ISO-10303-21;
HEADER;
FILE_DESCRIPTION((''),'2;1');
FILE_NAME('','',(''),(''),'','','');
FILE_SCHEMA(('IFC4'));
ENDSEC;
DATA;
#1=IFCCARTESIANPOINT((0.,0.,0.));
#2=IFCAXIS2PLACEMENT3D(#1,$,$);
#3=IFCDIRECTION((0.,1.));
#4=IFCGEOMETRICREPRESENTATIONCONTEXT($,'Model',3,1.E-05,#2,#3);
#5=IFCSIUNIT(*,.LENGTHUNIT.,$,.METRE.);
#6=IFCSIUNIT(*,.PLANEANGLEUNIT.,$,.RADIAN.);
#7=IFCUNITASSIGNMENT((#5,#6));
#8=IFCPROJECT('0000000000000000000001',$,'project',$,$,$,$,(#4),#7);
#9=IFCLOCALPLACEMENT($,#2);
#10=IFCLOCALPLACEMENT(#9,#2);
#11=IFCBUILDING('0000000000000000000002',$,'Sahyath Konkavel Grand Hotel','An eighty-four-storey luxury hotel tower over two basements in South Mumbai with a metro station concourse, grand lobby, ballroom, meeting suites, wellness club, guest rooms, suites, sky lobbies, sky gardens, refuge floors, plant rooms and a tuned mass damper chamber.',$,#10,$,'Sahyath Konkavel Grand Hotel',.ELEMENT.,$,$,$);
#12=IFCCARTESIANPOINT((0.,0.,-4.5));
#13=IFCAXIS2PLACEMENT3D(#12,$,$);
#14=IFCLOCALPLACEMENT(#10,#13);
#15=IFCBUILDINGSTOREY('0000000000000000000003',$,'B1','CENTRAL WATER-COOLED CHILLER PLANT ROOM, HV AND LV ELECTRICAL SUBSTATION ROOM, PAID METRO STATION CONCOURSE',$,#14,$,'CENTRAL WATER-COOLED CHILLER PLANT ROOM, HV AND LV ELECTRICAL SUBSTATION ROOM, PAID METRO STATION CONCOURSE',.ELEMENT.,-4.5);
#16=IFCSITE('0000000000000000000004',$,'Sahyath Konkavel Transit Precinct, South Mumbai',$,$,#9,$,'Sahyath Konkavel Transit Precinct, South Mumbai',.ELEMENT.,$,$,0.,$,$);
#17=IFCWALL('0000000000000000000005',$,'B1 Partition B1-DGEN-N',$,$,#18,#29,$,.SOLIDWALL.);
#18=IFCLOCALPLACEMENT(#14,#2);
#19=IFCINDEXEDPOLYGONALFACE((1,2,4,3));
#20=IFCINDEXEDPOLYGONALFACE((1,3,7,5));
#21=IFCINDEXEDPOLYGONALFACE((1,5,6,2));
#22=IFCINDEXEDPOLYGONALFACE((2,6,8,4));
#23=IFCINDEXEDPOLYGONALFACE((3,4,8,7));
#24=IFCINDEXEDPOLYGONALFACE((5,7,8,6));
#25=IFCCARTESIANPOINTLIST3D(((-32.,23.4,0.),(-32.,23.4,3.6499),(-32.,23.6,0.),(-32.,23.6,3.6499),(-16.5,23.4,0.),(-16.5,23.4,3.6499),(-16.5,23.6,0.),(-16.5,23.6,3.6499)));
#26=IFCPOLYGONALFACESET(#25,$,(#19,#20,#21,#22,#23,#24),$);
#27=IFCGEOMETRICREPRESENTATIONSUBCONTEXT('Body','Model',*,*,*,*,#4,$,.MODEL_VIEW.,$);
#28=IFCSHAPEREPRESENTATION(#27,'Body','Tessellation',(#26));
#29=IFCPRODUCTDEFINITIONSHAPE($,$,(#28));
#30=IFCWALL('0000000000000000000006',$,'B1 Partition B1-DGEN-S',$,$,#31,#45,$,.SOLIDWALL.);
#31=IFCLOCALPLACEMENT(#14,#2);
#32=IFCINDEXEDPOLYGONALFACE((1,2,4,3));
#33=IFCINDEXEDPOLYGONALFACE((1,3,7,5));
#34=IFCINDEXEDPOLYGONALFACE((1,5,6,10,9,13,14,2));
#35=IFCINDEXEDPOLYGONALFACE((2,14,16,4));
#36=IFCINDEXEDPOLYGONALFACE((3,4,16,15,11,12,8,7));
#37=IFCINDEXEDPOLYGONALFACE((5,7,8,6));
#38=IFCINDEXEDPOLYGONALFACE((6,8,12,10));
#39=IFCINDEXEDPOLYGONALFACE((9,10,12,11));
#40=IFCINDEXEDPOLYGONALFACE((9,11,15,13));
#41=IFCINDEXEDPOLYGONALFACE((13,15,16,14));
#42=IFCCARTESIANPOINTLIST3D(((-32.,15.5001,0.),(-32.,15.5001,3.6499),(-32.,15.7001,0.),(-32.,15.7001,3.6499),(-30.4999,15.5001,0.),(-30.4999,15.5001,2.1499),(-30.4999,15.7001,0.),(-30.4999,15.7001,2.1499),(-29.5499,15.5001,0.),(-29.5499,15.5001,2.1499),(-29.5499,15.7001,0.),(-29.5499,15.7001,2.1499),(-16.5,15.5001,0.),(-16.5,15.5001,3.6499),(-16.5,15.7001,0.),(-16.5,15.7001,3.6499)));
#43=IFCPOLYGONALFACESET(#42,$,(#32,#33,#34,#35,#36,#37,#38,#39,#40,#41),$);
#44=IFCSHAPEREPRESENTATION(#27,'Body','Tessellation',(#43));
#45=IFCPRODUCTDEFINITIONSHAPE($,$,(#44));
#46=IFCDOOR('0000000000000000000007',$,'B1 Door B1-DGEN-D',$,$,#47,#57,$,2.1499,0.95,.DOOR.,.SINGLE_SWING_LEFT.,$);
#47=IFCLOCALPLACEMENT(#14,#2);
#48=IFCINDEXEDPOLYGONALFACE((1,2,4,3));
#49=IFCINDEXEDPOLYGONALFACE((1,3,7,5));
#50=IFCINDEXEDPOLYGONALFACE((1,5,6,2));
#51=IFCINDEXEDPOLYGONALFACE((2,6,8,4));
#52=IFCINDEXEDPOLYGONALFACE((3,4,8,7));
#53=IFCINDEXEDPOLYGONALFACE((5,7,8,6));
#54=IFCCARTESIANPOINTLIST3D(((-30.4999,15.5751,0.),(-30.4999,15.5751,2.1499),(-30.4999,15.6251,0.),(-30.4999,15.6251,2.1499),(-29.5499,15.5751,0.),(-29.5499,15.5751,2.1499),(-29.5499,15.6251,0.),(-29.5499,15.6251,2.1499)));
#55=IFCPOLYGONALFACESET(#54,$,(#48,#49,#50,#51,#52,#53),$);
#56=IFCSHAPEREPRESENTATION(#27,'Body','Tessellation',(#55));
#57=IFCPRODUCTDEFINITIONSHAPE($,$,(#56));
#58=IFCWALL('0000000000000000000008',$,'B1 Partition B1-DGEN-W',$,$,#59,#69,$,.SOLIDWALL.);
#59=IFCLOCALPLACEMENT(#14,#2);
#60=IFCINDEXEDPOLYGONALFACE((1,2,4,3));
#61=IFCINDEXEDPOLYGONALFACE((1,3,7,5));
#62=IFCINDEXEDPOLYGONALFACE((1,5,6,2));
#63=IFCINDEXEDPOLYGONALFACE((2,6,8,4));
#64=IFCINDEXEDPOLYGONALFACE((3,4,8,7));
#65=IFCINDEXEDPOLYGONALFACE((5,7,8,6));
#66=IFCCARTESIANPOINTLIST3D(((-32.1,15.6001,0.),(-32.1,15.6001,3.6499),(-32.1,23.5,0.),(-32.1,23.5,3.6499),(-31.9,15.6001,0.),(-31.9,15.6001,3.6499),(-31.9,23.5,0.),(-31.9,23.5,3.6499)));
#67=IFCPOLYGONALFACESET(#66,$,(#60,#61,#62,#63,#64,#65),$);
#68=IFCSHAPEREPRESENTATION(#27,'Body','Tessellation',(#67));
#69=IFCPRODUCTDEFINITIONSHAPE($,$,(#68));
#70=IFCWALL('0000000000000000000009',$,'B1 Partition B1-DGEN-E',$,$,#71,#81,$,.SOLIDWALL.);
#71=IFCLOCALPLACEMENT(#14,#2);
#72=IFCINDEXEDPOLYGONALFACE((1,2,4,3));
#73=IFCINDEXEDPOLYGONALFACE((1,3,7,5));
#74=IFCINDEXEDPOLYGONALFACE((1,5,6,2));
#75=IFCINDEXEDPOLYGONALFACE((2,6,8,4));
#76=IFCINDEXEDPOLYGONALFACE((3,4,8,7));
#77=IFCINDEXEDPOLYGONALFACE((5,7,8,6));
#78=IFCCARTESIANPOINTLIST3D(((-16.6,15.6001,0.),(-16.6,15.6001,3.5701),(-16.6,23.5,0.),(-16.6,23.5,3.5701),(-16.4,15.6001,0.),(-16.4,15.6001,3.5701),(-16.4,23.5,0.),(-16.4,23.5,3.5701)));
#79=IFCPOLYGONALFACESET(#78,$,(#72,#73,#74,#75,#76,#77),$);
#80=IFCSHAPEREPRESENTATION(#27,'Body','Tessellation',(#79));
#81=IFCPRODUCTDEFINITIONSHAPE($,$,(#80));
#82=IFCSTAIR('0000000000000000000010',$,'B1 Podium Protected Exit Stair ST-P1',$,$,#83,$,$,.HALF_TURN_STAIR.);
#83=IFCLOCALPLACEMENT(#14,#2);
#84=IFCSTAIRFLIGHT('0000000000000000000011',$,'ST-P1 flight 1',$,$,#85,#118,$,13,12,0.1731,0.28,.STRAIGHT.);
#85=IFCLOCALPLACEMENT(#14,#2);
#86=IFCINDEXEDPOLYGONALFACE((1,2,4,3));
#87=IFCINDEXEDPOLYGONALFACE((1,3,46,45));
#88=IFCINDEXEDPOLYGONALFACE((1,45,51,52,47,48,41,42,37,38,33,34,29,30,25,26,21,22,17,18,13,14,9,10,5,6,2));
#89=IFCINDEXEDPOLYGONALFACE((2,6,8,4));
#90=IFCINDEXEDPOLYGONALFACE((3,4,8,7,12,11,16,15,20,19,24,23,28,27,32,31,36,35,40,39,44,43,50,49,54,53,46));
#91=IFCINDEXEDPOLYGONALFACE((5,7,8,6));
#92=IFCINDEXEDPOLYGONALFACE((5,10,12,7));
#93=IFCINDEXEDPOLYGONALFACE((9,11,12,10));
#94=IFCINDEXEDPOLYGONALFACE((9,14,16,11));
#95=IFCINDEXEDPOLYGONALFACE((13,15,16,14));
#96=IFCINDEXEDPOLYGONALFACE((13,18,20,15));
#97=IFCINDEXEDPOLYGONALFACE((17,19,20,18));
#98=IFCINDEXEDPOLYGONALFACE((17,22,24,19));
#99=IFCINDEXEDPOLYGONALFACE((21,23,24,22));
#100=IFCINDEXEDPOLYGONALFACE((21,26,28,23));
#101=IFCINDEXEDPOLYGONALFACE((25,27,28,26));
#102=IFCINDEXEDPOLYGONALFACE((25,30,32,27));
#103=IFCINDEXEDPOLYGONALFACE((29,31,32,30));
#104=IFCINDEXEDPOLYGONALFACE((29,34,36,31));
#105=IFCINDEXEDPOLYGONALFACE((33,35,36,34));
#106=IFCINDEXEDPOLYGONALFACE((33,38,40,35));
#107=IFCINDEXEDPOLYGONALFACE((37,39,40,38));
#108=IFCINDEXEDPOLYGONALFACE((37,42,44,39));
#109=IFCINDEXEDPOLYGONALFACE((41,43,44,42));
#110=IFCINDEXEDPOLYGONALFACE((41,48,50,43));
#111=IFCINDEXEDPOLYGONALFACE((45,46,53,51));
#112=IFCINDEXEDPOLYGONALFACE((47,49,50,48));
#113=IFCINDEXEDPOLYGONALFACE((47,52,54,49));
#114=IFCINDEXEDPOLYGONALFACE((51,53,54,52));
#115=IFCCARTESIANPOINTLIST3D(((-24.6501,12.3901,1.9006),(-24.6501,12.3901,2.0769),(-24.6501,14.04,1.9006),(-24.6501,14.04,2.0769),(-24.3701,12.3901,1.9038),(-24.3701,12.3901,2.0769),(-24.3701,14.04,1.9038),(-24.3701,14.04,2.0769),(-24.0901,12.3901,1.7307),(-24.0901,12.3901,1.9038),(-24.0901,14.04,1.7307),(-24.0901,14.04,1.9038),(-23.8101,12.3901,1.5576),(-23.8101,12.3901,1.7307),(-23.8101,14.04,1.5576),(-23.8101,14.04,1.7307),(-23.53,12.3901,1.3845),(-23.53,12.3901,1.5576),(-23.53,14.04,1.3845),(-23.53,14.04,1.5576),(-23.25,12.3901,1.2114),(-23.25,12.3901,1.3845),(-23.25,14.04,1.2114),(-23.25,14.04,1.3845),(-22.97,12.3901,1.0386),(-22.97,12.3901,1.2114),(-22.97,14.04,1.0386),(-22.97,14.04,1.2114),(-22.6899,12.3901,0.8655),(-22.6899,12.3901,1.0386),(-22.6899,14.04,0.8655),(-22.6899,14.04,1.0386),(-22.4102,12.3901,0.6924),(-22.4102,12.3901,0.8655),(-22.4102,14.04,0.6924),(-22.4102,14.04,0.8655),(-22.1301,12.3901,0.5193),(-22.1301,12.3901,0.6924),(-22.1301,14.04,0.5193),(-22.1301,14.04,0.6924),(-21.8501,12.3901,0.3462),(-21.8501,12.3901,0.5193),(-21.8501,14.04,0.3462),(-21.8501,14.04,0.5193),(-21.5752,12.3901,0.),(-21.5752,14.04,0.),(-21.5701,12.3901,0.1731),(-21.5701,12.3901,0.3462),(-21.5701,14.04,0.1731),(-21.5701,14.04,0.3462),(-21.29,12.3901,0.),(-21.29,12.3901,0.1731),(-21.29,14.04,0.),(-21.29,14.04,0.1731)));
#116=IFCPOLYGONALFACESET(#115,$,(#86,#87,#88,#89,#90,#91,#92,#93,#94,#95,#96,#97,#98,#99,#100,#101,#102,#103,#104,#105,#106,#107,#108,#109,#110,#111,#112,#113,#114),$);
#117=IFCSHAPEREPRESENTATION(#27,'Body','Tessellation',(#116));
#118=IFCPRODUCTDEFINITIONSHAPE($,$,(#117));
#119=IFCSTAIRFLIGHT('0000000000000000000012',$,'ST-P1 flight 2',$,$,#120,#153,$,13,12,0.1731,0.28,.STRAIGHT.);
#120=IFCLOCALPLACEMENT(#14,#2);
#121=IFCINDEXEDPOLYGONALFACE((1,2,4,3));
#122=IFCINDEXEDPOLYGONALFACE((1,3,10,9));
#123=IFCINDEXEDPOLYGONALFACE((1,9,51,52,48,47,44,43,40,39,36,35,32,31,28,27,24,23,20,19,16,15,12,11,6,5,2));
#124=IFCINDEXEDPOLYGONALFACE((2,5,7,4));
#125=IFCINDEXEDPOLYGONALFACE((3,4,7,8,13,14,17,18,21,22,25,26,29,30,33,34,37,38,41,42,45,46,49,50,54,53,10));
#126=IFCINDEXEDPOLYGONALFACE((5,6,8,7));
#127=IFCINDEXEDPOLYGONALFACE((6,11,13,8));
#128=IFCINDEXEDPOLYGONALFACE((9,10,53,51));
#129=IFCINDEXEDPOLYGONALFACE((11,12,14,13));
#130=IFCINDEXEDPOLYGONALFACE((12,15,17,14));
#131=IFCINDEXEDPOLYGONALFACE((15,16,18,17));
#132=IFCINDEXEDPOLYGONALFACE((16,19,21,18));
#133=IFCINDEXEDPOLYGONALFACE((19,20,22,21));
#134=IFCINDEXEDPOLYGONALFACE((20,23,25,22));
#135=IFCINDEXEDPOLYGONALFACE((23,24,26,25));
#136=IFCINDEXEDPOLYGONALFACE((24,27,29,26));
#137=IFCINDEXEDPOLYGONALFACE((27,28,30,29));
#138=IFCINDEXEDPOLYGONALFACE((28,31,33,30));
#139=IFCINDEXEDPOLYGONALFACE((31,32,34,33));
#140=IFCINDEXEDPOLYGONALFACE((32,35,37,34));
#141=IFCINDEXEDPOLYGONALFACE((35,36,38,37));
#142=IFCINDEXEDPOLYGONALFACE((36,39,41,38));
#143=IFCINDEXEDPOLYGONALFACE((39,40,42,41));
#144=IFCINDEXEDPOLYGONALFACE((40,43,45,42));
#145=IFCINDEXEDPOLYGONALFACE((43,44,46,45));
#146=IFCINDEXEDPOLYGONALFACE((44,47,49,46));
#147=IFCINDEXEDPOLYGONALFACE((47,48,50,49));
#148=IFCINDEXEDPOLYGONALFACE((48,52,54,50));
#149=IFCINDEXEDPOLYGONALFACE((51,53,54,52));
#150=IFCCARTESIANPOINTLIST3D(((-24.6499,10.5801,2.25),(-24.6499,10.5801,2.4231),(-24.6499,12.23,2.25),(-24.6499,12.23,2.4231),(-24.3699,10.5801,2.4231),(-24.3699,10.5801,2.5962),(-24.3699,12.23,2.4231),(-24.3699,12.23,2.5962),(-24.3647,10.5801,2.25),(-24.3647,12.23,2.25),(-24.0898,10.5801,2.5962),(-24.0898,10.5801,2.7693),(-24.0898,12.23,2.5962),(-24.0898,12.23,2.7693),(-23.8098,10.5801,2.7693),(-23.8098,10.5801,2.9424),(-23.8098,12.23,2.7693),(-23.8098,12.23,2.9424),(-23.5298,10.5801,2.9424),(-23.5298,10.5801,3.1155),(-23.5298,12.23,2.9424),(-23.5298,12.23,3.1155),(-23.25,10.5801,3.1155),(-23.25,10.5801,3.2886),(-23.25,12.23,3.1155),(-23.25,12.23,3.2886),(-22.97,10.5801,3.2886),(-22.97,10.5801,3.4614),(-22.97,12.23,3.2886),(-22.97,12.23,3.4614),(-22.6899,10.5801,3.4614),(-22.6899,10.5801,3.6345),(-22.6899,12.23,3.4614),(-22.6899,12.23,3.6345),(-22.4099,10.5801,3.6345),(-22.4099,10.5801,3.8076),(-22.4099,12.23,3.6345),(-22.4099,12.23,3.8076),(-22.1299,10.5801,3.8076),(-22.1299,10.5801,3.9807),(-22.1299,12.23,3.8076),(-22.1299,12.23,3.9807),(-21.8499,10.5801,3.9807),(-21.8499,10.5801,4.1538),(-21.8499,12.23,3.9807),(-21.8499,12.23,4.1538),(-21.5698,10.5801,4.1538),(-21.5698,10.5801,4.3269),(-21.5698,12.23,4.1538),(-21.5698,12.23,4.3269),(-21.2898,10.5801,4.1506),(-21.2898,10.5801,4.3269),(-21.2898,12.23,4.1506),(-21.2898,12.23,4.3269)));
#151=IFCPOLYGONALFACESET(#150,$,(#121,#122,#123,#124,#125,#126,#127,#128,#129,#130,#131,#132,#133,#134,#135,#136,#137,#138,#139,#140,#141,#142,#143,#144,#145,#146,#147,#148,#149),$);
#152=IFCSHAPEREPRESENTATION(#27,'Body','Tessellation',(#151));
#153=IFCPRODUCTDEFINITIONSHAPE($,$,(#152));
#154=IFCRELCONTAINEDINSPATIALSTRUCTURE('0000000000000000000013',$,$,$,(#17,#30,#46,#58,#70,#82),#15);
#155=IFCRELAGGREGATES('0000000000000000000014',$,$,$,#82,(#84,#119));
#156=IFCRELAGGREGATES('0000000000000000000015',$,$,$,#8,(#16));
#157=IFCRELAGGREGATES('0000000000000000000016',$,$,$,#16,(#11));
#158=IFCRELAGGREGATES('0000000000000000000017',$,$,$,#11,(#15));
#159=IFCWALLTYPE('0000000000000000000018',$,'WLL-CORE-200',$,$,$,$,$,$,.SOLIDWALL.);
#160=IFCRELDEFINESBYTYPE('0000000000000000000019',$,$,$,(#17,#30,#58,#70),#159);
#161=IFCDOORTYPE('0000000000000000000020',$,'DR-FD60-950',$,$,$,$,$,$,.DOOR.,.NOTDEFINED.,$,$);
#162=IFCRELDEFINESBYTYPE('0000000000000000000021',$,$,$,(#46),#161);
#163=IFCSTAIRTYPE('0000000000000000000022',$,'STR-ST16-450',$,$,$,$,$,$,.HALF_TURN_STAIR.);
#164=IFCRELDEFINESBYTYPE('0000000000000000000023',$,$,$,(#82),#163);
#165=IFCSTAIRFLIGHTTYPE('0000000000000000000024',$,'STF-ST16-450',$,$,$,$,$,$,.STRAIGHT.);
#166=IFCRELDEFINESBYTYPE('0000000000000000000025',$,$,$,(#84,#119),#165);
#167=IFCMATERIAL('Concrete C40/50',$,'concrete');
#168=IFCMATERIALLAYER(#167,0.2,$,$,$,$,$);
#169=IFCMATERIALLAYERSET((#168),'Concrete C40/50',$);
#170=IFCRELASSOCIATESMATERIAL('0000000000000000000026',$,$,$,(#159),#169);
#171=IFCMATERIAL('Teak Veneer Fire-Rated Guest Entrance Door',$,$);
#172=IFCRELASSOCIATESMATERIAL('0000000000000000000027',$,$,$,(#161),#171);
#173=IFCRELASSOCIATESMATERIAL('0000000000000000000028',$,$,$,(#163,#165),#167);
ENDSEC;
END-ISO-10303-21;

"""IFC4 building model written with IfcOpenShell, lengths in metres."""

from ifc_helpers import new_model, si_unit, direction, frame, frame_2d, origin, origin_2d, place, context, subcontext, project, spatial, polyline, rectangle, outline, extrude, source, transform, mapped, material, layer, layer_set, type_object, element, fill, aggregate, save


model = new_model("IFC4")

# Units and contexts
model_context = context("Model", 3, precision=1e-05, world=origin(), true_north=direction((0.0, 1.0)))
body_context = subcontext(model_context, "Body", "Model", "MODEL_VIEW")
ifc_project = project(units=[si_unit("LENGTHUNIT", "METRE"), si_unit("PLANEANGLEUNIT", "RADIAN")], contexts=[model_context])

# Site, building, storey
site_placement = place(None, origin())
site = spatial("IfcSite", under=ifc_project, at=site_placement, Name="Sahyath Konkavel Transit Precinct, South Mumbai", LongName="Sahyath Konkavel Transit Precinct, South Mumbai", CompositionType="ELEMENT", RefElevation=0.0)
building_placement = place(site_placement, origin())
building = spatial("IfcBuilding", under=site, at=building_placement, Name="Sahyath Konkavel Grand Hotel", Description="An eighty-four-storey luxury hotel tower over two basements in South Mumbai with a metro station concourse, grand lobby, ballroom, meeting suites, wellness club, guest rooms, suites, sky lobbies, sky gardens, refuge floors, plant rooms and a tuned mass damper chamber.", LongName="Sahyath Konkavel Grand Hotel", CompositionType="ELEMENT")
storey_placement = place(building_placement, frame((0.0, 0.0, -4.5)))
storey = spatial("IfcBuildingStorey", under=building, at=storey_placement, Name="B1", Description="CENTRAL WATER-COOLED CHILLER PLANT ROOM, HV AND LV ELECTRICAL SUBSTATION ROOM, PAID METRO STATION CONCOURSE", LongName="CENTRAL WATER-COOLED CHILLER PLANT ROOM, HV AND LV ELECTRICAL SUBSTATION ROOM, PAID METRO STATION CONCOURSE", CompositionType="ELEMENT", Elevation=-4.5)

# Shared definitions
ifc_material_1 = material(Name="Concrete C40/50", Category="concrete")

# Wall
ifc_layer_1 = layer(ifc_material_1, 0.2)
ifc_layer_set_1 = layer_set([ifc_layer_1], Name="Concrete C40/50")
wall_type_1 = type_object("IfcWallType", Name="WLL-CORE-200", PredefinedType="SOLIDWALL", material=ifc_layer_set_1)
for number, where, z_axis, x_axis, name in (
    (1, (-32.0, 23.5, 0.0), (0.0, 0.0, 1.0), (1.0, 0.0, 0.0), "B1 Partition B1-DGEN-N"),
):
    element("IfcWall", number, at=place(storey_placement, frame(where, z_axis=z_axis, x_axis=x_axis)), inside=storey, type_object=wall_type_1, Name=name, PredefinedType="SOLIDWALL", context=body_context, shape_type="SweptSolid", body=[
        extrude(rectangle(XDim=15.5, YDim=0.2, at=frame_2d((7.75, 0.0))), origin(), (0.0, 0.0, 1.0), 3.6499),
    ])

# Wall, opening, door
wall_1_placement = place(storey_placement, frame((-32.0, 15.6001, 0.0), z_axis=(0.0, 0.0, 1.0), x_axis=(1.0, 0.0, 0.0)))
wall_1 = element("IfcWall", 2, at=wall_1_placement, inside=storey, type_object=wall_type_1, Name="B1 Partition B1-DGEN-S", PredefinedType="SOLIDWALL", context=body_context, shape_type="SweptSolid", body=[
    extrude(rectangle(XDim=15.5, YDim=0.2, at=frame_2d((7.75, 0.0))), origin(), (0.0, 0.0, 1.0), 3.6499),
])
opening_1_placement = place(wall_1_placement, frame((1.5, 0.0, 0.0)))
opening_1 = element("IfcOpeningElement", 3, at=opening_1_placement, cuts=wall_1, PredefinedType="OPENING", context=body_context, shape_type="SweptSolid", body=[
    extrude(rectangle(XDim=0.95, YDim=2.1499, at=frame_2d((0.4751, 1.075))), frame((0.0, 0.1099, 0.0), z_axis=(0.0, -1.0, 0.0), x_axis=(1.0, 0.0, 0.0)), (0.0, 0.0, 1.0), 0.22),
])
ifc_material_2 = material(Name="Teak Veneer Fire-Rated Guest Entrance Door")
door_type_1 = type_object("IfcDoorType", Name="DR-FD60-950", OperationType="NOTDEFINED", PredefinedType="DOOR", material=ifc_material_2)
shared_shape_1 = source(origin(), body_context, "Body", "SweptSolid", [
    extrude(rectangle(XDim=0.95, YDim=0.05, at=origin_2d()), origin(), (0.0, 0.0, 1.0), 2.1499),
])
door_1_placement = place(opening_1_placement, frame((0.4751, 0.0, 0.0)))
door_1 = element("IfcDoor", 4, at=door_1_placement, inside=storey, type_object=door_type_1, Name="B1 Door B1-DGEN-D", OperationType="SINGLE_SWING_LEFT", OverallHeight=2.1499, OverallWidth=0.95, PredefinedType="DOOR", context=body_context, shape_type="MappedRepresentation", body=[
    mapped(shared_shape_1, transform((0.0, 0.0, 0.0), scale=1.0)),
])
fill(opening_1, door_1)

# Walls
wall_2_placement = place(storey_placement, frame((-32.0, 15.6001, 0.0), z_axis=(0.0, 0.0, 1.0), x_axis=(0.0, 1.0, 0.0)))
element("IfcWall", 5, at=wall_2_placement, inside=storey, type_object=wall_type_1, Name="B1 Partition B1-DGEN-W", PredefinedType="SOLIDWALL", context=body_context, shape_type="SweptSolid", body=[
    extrude(rectangle(XDim=7.8999, YDim=0.2, at=frame_2d((3.95, 0.0))), origin(), (0.0, 0.0, 1.0), 3.6499),
])
wall_3_placement = place(storey_placement, frame((-16.5, 15.6001, 0.0), z_axis=(0.0, 0.0, 1.0), x_axis=(0.0, 1.0, 0.0)))
element("IfcWall", 6, at=wall_3_placement, inside=storey, type_object=wall_type_1, Name="B1 Partition B1-DGEN-E", PredefinedType="SOLIDWALL", context=body_context, shape_type="SweptSolid", body=[
    extrude(rectangle(XDim=7.8999, YDim=0.2, at=frame_2d((3.95, 0.0))), origin(), (0.0, 0.0, 1.0), 3.5701),
])

# Stair, stair flights
stair_type = type_object("IfcStairType", Name="STR-ST16-450", PredefinedType="HALF_TURN_STAIR", material=ifc_material_1)
stair_placement = place(storey_placement, origin())
stair = element("IfcStair", 7, at=stair_placement, inside=storey, type_object=stair_type, Name="B1 Podium Protected Exit Stair ST-P1", PredefinedType="HALF_TURN_STAIR")
stair_flight_type = type_object("IfcStairFlightType", Name="STF-ST16-450", PredefinedType="STRAIGHT", material=ifc_material_1)
stair_flight_1_placement = place(storey_placement, frame((-21.29, 13.2151, 0.0), z_axis=(0.0, 0.0, 1.0), x_axis=(-1.0, 0.0, 0.0)))
stair_flight_1 = element("IfcStairFlight", 8, at=stair_flight_1_placement, type_object=stair_flight_type, Name="ST-P1 flight 1", NumberOfRisers=13, NumberOfTreads=12, PredefinedType="STRAIGHT", RiserHeight=0.1731, TreadLength=0.28, context=body_context, shape_type="SweptSolid", body=[
    extrude(outline(polyline([(0.0, 0.0), (0.0, 0.1731), (0.28, 0.1731), (0.28, 0.3462), (0.5601, 0.3462), (0.5601, 0.5193), (0.8401, 0.5193), (0.8401, 0.6924), (1.1201, 0.6924), (1.1201, 0.8655), (1.3999, 0.8655), (1.3999, 1.0386), (1.6799, 1.0386), (1.6799, 1.2114), (1.96, 1.2114), (1.96, 1.3845), (2.24, 1.3845), (2.24, 1.5576), (2.52, 1.5576), (2.52, 1.7307), (2.8, 1.7307), (2.8, 1.9038), (3.0801, 1.9038), (3.0801, 2.0769), (3.3601, 2.0769), (3.3601, 2.25), (3.3601, 1.9006), (0.2852, 0.0), (0.0, 0.0)])), frame((0.0, 0.825, 0.0), z_axis=(0.0, -1.0, 0.0), x_axis=(1.0, 0.0, 0.0)), (0.0, 0.0, 1.0), 1.6499),
])
stair_flight_2_placement = place(storey_placement, frame((-24.6499, 11.405, 2.25), z_axis=(0.0, 0.0, 1.0), x_axis=(1.0, 0.0, 0.0)))
stair_flight_2 = element("IfcStairFlight", 9, at=stair_flight_2_placement, type_object=stair_flight_type, Name="ST-P1 flight 2", NumberOfRisers=13, NumberOfTreads=12, PredefinedType="STRAIGHT", RiserHeight=0.1731, TreadLength=0.28, context=body_context, shape_type="SweptSolid", body=[
    extrude(outline(polyline([(0.0, 0.0), (0.0, 0.1731), (0.28, 0.1731), (0.28, 0.3462), (0.5601, 0.3462), (0.5601, 0.5193), (0.8401, 0.5193), (0.8401, 0.6924), (1.1201, 0.6924), (1.1201, 0.8655), (1.3999, 0.8655), (1.3999, 1.0386), (1.6799, 1.0386), (1.6799, 1.2114), (1.96, 1.2114), (1.96, 1.3845), (2.24, 1.3845), (2.24, 1.5576), (2.52, 1.5576), (2.52, 1.7307), (2.8, 1.7307), (2.8, 1.9038), (3.0801, 1.9038), (3.0801, 2.0769), (3.3601, 2.0769), (3.3601, 2.25), (3.3601, 1.9006), (0.2852, 0.0), (0.0, 0.0)])), frame((0.0, 0.825, 0.0), z_axis=(0.0, -1.0, 0.0), x_axis=(1.0, 0.0, 0.0)), (0.0, 0.0, 1.0), 1.6499),
])
aggregate(stair, [stair_flight_1, stair_flight_2])

save(model, "model.ifc")
